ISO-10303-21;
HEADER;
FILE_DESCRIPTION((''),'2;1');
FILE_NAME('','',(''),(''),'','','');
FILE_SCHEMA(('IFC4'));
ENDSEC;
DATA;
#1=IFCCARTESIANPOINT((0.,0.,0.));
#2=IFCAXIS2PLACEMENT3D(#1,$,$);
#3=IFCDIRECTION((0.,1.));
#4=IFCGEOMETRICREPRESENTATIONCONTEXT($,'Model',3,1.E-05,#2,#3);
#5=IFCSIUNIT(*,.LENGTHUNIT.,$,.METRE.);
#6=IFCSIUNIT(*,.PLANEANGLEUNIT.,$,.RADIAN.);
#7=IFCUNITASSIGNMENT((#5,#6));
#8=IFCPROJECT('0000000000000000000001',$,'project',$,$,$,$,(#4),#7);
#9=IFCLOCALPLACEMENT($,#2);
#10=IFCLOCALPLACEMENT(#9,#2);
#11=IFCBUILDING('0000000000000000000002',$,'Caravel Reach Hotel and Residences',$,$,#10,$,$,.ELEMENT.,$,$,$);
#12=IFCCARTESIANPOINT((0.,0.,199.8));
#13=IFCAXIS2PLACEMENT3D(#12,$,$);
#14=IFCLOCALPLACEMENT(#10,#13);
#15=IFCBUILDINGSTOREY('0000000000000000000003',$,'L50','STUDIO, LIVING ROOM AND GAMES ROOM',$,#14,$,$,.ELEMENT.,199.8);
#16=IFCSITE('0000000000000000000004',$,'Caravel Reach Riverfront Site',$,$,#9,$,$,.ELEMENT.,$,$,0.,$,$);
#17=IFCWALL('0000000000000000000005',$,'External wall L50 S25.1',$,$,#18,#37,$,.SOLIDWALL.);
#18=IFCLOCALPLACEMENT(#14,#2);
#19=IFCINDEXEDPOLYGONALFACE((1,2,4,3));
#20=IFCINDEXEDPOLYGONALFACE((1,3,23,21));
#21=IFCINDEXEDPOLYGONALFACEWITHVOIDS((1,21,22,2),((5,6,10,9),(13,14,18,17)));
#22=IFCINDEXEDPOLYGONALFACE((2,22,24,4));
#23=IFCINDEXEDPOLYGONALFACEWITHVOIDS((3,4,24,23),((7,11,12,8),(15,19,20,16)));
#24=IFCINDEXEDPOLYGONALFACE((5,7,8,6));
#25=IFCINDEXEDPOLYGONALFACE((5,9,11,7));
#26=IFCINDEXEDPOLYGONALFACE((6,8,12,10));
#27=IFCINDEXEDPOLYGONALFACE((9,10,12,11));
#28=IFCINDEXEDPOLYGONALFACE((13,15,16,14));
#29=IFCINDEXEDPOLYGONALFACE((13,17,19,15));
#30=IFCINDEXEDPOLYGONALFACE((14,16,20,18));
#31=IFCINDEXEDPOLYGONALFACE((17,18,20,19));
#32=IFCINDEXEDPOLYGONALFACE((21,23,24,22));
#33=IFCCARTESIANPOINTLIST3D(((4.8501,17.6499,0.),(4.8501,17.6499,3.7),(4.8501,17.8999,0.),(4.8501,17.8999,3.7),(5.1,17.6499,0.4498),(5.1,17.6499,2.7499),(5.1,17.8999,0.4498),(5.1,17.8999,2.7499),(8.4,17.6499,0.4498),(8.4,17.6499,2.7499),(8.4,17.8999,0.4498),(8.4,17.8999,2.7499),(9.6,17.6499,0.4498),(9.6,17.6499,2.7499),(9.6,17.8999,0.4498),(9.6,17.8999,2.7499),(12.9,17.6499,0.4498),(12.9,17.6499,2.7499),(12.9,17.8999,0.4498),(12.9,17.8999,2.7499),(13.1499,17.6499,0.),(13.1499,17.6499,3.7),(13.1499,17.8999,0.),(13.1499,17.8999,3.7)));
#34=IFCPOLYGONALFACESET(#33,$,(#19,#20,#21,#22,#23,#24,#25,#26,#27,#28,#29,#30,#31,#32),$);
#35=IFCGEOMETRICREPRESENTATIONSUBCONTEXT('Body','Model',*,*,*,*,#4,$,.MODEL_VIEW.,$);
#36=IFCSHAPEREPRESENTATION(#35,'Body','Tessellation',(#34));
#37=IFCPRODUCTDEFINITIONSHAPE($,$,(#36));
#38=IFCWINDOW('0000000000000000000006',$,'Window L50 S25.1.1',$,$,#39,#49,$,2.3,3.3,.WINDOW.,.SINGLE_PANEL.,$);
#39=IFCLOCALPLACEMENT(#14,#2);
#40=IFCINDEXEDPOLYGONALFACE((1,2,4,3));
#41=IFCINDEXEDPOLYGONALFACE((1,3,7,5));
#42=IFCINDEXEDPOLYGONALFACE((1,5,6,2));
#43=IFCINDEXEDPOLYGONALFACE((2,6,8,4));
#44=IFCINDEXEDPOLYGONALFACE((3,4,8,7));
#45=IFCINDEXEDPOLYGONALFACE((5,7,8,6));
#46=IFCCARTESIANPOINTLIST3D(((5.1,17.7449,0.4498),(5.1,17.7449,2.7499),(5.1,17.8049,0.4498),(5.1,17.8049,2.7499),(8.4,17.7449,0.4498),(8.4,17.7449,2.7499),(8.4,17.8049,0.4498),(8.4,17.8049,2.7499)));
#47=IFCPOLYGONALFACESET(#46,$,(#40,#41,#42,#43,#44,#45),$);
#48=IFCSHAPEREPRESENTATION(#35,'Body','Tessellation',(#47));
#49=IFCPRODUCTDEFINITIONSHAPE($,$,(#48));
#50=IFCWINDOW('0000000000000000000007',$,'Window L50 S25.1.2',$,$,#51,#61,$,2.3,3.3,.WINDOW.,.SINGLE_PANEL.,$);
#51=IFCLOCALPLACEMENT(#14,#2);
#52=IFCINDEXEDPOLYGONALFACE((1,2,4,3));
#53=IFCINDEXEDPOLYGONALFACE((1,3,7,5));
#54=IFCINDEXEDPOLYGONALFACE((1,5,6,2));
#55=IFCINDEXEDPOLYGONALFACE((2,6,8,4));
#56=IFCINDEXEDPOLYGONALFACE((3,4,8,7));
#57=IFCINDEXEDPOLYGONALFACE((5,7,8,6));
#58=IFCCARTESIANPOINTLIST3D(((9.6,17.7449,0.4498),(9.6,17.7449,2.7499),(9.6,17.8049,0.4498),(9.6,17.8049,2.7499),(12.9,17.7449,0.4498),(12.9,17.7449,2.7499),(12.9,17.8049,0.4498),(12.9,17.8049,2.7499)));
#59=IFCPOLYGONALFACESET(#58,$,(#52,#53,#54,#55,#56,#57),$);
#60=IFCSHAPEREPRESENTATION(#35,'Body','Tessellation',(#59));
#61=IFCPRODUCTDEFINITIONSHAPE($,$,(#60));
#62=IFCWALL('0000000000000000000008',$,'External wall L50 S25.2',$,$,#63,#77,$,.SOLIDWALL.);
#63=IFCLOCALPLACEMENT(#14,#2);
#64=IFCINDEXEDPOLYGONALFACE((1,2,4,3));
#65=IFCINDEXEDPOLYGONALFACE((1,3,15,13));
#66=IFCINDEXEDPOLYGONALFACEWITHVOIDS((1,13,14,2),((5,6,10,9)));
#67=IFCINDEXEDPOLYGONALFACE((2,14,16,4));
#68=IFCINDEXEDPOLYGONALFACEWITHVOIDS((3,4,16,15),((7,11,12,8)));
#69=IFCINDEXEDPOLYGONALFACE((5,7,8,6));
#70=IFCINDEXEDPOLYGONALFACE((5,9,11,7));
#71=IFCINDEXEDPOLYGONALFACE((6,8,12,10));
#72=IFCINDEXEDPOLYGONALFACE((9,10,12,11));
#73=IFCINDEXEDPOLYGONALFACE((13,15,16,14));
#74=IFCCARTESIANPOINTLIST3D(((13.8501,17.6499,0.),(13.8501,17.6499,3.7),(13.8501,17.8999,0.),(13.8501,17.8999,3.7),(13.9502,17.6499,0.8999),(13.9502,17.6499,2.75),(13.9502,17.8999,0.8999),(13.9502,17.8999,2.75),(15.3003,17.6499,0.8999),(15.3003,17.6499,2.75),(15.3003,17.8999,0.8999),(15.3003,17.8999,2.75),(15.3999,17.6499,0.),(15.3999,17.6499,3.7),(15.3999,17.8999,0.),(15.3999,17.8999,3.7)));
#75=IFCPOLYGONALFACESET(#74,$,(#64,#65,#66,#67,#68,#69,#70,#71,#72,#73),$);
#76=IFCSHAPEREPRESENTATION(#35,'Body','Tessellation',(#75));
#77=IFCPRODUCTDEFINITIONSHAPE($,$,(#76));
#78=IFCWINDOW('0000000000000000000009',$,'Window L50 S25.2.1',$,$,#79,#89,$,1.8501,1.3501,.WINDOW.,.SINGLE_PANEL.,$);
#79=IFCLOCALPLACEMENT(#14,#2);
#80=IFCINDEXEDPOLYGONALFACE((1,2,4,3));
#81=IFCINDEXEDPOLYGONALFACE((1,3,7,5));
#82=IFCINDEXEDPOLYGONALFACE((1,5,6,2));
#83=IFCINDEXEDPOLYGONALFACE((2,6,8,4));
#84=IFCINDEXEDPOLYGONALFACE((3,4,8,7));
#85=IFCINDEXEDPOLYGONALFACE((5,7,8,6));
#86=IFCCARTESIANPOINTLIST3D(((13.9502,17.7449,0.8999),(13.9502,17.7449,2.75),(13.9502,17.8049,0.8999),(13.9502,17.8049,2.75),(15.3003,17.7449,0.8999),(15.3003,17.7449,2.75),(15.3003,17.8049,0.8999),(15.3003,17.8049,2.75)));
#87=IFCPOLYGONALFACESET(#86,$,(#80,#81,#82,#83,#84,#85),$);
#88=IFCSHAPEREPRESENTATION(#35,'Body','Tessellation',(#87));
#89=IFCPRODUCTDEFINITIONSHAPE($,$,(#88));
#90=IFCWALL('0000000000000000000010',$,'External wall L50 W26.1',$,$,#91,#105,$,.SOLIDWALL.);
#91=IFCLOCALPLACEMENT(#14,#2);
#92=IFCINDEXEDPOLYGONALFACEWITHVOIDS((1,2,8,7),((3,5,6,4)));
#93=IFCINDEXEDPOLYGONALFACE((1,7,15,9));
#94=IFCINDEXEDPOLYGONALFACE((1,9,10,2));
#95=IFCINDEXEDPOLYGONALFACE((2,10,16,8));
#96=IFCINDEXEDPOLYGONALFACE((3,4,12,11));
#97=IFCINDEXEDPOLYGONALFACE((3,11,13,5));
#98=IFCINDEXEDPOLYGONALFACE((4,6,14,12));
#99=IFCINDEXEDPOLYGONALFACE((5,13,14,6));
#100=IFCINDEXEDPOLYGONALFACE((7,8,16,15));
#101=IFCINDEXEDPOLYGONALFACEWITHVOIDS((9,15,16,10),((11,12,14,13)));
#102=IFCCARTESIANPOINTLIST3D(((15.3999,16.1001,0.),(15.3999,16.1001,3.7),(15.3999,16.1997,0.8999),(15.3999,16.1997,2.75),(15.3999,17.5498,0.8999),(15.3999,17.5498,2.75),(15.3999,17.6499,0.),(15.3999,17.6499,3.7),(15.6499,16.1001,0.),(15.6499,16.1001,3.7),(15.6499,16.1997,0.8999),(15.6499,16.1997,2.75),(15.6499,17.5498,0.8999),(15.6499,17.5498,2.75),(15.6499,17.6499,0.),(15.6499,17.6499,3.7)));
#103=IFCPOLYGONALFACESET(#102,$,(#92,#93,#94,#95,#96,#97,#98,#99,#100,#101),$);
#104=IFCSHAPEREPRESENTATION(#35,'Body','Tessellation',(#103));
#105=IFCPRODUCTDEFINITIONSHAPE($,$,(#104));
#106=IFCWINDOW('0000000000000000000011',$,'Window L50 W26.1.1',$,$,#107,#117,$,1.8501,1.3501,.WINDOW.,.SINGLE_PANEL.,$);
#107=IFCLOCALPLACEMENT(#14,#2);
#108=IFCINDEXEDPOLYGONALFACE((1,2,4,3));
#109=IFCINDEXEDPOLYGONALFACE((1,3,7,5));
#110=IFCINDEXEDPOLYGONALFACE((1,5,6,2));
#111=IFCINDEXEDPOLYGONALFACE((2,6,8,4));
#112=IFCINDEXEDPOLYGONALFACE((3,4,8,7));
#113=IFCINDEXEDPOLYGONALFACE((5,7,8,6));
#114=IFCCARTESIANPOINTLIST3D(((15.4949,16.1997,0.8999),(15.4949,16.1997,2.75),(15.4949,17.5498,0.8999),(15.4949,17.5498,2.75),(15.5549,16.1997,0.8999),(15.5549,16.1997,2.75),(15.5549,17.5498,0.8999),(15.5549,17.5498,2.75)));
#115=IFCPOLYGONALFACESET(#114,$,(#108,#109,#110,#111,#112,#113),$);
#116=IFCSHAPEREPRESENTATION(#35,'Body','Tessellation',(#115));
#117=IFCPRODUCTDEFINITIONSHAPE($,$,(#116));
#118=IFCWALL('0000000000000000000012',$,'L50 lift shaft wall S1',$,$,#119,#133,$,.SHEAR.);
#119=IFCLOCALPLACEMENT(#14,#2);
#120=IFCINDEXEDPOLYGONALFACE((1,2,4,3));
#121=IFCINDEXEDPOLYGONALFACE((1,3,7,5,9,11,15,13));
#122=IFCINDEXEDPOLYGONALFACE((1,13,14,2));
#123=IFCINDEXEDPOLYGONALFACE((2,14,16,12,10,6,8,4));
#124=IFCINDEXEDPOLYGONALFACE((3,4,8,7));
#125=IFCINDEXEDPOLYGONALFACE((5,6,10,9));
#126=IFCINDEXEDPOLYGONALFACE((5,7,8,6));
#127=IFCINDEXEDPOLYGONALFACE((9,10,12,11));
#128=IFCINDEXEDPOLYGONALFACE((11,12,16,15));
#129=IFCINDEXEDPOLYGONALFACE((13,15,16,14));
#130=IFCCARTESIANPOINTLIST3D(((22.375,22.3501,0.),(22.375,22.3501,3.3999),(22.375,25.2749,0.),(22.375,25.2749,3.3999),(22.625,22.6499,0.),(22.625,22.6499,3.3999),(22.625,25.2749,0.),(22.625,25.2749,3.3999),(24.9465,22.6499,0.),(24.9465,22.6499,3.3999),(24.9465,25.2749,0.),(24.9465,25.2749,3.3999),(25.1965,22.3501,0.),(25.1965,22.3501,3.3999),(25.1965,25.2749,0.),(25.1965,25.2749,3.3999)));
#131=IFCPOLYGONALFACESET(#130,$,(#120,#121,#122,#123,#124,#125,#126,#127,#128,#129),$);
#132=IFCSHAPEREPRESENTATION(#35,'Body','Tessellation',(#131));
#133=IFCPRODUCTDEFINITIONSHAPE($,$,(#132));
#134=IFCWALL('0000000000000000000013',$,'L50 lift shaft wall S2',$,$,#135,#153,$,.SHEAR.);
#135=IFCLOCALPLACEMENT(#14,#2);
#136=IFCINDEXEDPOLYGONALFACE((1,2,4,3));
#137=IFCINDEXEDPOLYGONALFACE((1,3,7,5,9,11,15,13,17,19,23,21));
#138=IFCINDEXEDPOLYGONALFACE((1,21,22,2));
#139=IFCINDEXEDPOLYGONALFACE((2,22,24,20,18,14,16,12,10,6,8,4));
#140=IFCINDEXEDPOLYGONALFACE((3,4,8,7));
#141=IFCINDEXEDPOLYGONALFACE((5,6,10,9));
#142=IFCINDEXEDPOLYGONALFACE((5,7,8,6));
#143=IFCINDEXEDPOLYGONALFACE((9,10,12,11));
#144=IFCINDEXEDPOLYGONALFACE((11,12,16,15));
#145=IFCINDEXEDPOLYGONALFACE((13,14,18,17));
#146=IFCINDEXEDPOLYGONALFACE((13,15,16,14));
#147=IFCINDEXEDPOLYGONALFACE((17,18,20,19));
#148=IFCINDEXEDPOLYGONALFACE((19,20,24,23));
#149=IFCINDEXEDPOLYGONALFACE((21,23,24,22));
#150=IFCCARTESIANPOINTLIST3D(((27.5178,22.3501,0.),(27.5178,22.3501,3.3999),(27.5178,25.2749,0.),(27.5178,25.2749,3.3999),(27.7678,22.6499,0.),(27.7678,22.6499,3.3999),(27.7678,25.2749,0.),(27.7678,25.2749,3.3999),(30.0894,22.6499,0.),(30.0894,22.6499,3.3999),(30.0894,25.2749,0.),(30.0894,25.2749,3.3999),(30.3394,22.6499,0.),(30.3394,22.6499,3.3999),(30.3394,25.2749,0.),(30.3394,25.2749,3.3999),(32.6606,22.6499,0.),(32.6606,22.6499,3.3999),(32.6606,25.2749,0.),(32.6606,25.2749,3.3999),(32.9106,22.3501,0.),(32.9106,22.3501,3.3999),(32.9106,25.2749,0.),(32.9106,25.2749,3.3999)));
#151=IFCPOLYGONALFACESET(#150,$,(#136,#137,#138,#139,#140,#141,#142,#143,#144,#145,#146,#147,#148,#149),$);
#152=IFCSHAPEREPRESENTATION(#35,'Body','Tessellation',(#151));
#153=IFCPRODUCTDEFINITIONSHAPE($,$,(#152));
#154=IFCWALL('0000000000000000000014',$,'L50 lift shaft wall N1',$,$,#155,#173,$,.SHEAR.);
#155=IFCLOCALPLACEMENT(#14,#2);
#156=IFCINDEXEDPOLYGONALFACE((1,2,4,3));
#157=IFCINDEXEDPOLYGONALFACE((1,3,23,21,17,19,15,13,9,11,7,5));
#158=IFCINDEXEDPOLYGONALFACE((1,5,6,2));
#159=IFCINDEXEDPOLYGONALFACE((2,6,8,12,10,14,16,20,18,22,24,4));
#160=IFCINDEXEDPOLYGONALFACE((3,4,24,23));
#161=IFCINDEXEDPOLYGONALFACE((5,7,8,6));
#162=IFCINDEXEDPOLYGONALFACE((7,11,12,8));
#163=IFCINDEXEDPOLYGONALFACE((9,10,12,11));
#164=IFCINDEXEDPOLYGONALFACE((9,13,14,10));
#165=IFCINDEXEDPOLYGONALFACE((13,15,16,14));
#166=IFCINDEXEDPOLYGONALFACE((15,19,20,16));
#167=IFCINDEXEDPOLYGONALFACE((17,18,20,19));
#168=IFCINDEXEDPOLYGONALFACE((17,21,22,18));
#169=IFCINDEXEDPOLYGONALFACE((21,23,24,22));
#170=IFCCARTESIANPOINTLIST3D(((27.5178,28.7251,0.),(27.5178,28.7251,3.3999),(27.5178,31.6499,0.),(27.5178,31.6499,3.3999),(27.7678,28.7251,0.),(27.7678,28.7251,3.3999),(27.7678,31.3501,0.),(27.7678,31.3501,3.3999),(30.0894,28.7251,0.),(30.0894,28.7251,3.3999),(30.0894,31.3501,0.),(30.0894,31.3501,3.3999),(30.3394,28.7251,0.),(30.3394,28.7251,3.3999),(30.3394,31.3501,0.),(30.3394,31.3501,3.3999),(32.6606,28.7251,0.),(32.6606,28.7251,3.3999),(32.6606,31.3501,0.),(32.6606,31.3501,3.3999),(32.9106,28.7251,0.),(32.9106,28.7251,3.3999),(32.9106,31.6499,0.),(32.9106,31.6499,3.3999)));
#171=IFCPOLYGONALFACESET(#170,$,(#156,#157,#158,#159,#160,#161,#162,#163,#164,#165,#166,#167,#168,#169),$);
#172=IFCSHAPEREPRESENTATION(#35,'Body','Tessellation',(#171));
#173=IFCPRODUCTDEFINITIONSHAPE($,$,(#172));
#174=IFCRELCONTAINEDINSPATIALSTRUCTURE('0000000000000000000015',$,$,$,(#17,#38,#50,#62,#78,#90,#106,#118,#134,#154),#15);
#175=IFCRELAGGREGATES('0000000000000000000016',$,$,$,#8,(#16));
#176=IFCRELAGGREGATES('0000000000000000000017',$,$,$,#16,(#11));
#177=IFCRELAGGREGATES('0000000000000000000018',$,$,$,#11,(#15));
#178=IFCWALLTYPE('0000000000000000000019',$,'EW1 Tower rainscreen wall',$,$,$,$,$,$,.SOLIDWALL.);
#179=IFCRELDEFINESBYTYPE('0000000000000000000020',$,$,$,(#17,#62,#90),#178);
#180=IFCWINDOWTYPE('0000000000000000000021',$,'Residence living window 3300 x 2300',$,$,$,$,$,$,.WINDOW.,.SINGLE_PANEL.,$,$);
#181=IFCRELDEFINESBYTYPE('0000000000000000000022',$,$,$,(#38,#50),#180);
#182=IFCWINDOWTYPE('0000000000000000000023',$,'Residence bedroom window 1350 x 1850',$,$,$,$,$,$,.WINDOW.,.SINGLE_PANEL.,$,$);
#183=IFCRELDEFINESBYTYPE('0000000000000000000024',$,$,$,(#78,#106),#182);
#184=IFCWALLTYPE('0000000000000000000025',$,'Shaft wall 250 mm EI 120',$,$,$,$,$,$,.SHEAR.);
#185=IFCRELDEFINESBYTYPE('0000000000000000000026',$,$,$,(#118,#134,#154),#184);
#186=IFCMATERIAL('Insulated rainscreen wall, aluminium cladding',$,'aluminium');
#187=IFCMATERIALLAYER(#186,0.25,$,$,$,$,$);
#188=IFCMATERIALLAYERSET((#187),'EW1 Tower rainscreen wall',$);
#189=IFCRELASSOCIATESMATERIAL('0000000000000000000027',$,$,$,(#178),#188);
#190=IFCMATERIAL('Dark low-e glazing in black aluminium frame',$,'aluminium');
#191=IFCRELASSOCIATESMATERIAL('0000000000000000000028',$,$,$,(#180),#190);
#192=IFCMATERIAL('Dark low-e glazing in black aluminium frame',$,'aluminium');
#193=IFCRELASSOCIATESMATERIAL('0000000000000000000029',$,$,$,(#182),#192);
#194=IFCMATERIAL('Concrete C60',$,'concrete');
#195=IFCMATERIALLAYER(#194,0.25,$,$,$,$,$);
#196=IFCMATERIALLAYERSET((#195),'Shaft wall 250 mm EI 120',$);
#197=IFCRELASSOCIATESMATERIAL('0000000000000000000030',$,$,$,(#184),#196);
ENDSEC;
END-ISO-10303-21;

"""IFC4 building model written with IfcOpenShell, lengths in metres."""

from ifc_helpers import new_model, si_unit, direction, frame, frame_2d, origin, place, context, subcontext, project, spatial, polyline, rectangle, outline, extrude, material, layer, layer_set, type_object, element, fill, save


model = new_model("IFC4")

# Units and contexts
model_context = context("Model", 3, precision=1e-05, world=origin(), true_north=direction((0.0, 1.0)))
body_context = subcontext(model_context, "Body", "Model", "MODEL_VIEW")
ifc_project = project(units=[si_unit("LENGTHUNIT", "METRE"), si_unit("PLANEANGLEUNIT", "RADIAN")], contexts=[model_context])

# Site, building, storey
site_placement = place(None, origin())
site = spatial("IfcSite", under=ifc_project, at=site_placement, Name="Caravel Reach Riverfront Site", CompositionType="ELEMENT", RefElevation=0.0)
building_placement = place(site_placement, origin())
building = spatial("IfcBuilding", under=site, at=building_placement, Name="Caravel Reach Hotel and Residences", CompositionType="ELEMENT")
storey_placement = place(building_placement, frame((0.0, 0.0, 199.8)))
storey = spatial("IfcBuildingStorey", under=building, at=storey_placement, Name="L50", Description="STUDIO, LIVING ROOM AND GAMES ROOM", CompositionType="ELEMENT", Elevation=199.8)

# Wall, openings, windows
ifc_material_1 = material(Name="Insulated rainscreen wall, aluminium cladding", Category="aluminium")
ifc_layer_1 = layer(ifc_material_1, 0.25)
ifc_layer_set_1 = layer_set([ifc_layer_1], Name="EW1 Tower rainscreen wall")
wall_type_1 = type_object("IfcWallType", Name="EW1 Tower rainscreen wall", PredefinedType="SOLIDWALL", material=ifc_layer_set_1)
wall_1_placement = place(storey_placement, frame((4.8501, 17.7749, 0.0), z_axis=(0.0, 0.0, 1.0), x_axis=(1.0, 0.0, 0.0)))
wall_1 = element("IfcWall", 1, at=wall_1_placement, inside=storey, type_object=wall_type_1, Name="External wall L50 S25.1", PredefinedType="SOLIDWALL", context=body_context, shape_type="SweptSolid", body=[
    extrude(rectangle(XDim=8.2998, YDim=0.25, at=frame_2d((4.1499, 0.0))), origin(), (0.0, 0.0, 1.0), 3.7),
])
opening_1_placement = place(wall_1_placement, frame((0.25, 0.0, 0.45)))
opening_1 = element("IfcOpeningElement", 2, at=opening_1_placement, cuts=wall_1, PredefinedType="OPENING", context=body_context, shape_type="SweptSolid", body=[
    extrude(rectangle(XDim=3.3, YDim=2.3, at=frame_2d((1.6499, 1.1499))), frame((0.0, 0.135, 0.0), z_axis=(0.0, -1.0, 0.0), x_axis=(1.0, 0.0, 0.0)), (0.0, 0.0, 1.0), 0.27),
])
opening_2_placement = place(wall_1_placement, frame((4.75, 0.0, 0.45)))
opening_2 = element("IfcOpeningElement", 3, at=opening_2_placement, cuts=wall_1, PredefinedType="OPENING", context=body_context, shape_type="SweptSolid", body=[
    extrude(rectangle(XDim=3.3, YDim=2.3, at=frame_2d((1.6499, 1.1499))), frame((0.0, 0.135, 0.0), z_axis=(0.0, -1.0, 0.0), x_axis=(1.0, 0.0, 0.0)), (0.0, 0.0, 1.0), 0.27),
])
ifc_material_2 = material(Name="Dark low-e glazing in black aluminium frame", Category="aluminium")
window_type_1 = type_object("IfcWindowType", Name="Residence living window 3300 x 2300", PartitioningType="SINGLE_PANEL", PredefinedType="WINDOW", material=ifc_material_2)
window_1_placement = place(opening_1_placement, origin())
window_1 = element("IfcWindow", 4, at=window_1_placement, inside=storey, type_object=window_type_1, Name="Window L50 S25.1.1", OverallHeight=2.3, OverallWidth=3.3, PartitioningType="SINGLE_PANEL", PredefinedType="WINDOW", context=body_context, shape_type="SweptSolid", body=[
    extrude(rectangle(XDim=3.3, YDim=2.3, at=frame_2d((1.6499, 1.1499))), frame((0.0, 0.03, 0.0), z_axis=(0.0, -1.0, 0.0), x_axis=(1.0, 0.0, 0.0)), (0.0, 0.0, 1.0), 0.0601),
])
fill(opening_1, window_1)
window_2_placement = place(opening_2_placement, origin())
window_2 = element("IfcWindow", 5, at=window_2_placement, inside=storey, type_object=window_type_1, Name="Window L50 S25.1.2", OverallHeight=2.3, OverallWidth=3.3, PartitioningType="SINGLE_PANEL", PredefinedType="WINDOW", context=body_context, shape_type="SweptSolid", body=[
    extrude(rectangle(XDim=3.3, YDim=2.3, at=frame_2d((1.6499, 1.1499))), frame((0.0, 0.03, 0.0), z_axis=(0.0, -1.0, 0.0), x_axis=(1.0, 0.0, 0.0)), (0.0, 0.0, 1.0), 0.0601),
])
fill(opening_2, window_2)

# Walls, openings, windows
wall_2_placement = place(storey_placement, frame((13.8501, 17.7749, 0.0), z_axis=(0.0, 0.0, 1.0), x_axis=(1.0, 0.0, 0.0)))
wall_2 = element("IfcWall", 6, at=wall_2_placement, inside=storey, type_object=wall_type_1, Name="External wall L50 S25.2", PredefinedType="SOLIDWALL", context=body_context, shape_type="SweptSolid", body=[
    extrude(rectangle(XDim=1.5498, YDim=0.25, at=frame_2d((0.7749, 0.0))), origin(), (0.0, 0.0, 1.0), 3.7),
])
opening_3_placement = place(wall_2_placement, frame((0.1001, 0.0, 0.8999)))
opening_3 = element("IfcOpeningElement", 7, at=opening_3_placement, cuts=wall_2, PredefinedType="OPENING", context=body_context, shape_type="SweptSolid", body=[
    extrude(rectangle(XDim=1.3501, YDim=1.8501, at=frame_2d((0.675, 0.925))), frame((0.0, 0.135, 0.0), z_axis=(0.0, -1.0, 0.0), x_axis=(1.0, 0.0, 0.0)), (0.0, 0.0, 1.0), 0.27),
])
ifc_material_3 = material(Name="Dark low-e glazing in black aluminium frame", Category="aluminium")
window_type_2 = type_object("IfcWindowType", Name="Residence bedroom window 1350 x 1850", PartitioningType="SINGLE_PANEL", PredefinedType="WINDOW", material=ifc_material_3)
window_3_placement = place(opening_3_placement, origin())
window_3 = element("IfcWindow", 8, at=window_3_placement, inside=storey, type_object=window_type_2, Name="Window L50 S25.2.1", OverallHeight=1.8501, OverallWidth=1.3501, PartitioningType="SINGLE_PANEL", PredefinedType="WINDOW", context=body_context, shape_type="SweptSolid", body=[
    extrude(rectangle(XDim=1.3501, YDim=1.8501, at=frame_2d((0.675, 0.925))), frame((0.0, 0.03, 0.0), z_axis=(0.0, -1.0, 0.0), x_axis=(1.0, 0.0, 0.0)), (0.0, 0.0, 1.0), 0.0601),
])
fill(opening_3, window_3)
wall_3_placement = place(storey_placement, frame((15.5249, 17.6499, 0.0), z_axis=(0.0, 0.0, 1.0), x_axis=(0.0, -1.0, 0.0)))
wall_3 = element("IfcWall", 9, at=wall_3_placement, inside=storey, type_object=wall_type_1, Name="External wall L50 W26.1", PredefinedType="SOLIDWALL", context=body_context, shape_type="SweptSolid", body=[
    extrude(rectangle(XDim=1.5498, YDim=0.25, at=frame_2d((0.7749, 0.0))), origin(), (0.0, 0.0, 1.0), 3.7),
])
opening_4_placement = place(wall_3_placement, frame((0.1001, 0.0, 0.8999)))
opening_4 = element("IfcOpeningElement", 10, at=opening_4_placement, cuts=wall_3, PredefinedType="OPENING", context=body_context, shape_type="SweptSolid", body=[
    extrude(rectangle(XDim=1.3501, YDim=1.8501, at=frame_2d((0.675, 0.925))), frame((0.0, 0.135, 0.0), z_axis=(0.0, -1.0, 0.0), x_axis=(1.0, 0.0, 0.0)), (0.0, 0.0, 1.0), 0.27),
])
window_4_placement = place(opening_4_placement, origin())
window_4 = element("IfcWindow", 11, at=window_4_placement, inside=storey, type_object=window_type_2, Name="Window L50 W26.1.1", OverallHeight=1.8501, OverallWidth=1.3501, PartitioningType="SINGLE_PANEL", PredefinedType="WINDOW", context=body_context, shape_type="SweptSolid", body=[
    extrude(rectangle(XDim=1.3501, YDim=1.8501, at=frame_2d((0.675, 0.925))), frame((0.0, 0.03, 0.0), z_axis=(0.0, -1.0, 0.0), x_axis=(1.0, 0.0, 0.0)), (0.0, 0.0, 1.0), 0.0601),
])
fill(opening_4, window_4)

# Walls
ifc_material_4 = material(Name="Concrete C60", Category="concrete")
ifc_layer_2 = layer(ifc_material_4, 0.25)
ifc_layer_set_2 = layer_set([ifc_layer_2], Name="Shaft wall 250 mm EI 120")
wall_type_2 = type_object("IfcWallType", Name="Shaft wall 250 mm EI 120", PredefinedType="SHEAR", material=ifc_layer_set_2)
wall_4_placement = place(storey_placement, origin())
element("IfcWall", 12, at=wall_4_placement, inside=storey, type_object=wall_type_2, Name="L50 lift shaft wall S1", PredefinedType="SHEAR", context=body_context, shape_type="SweptSolid", body=[
    extrude(outline(polyline([(22.375, 22.3501), (25.1965, 22.3501), (25.1965, 25.2749), (24.9465, 25.2749), (24.9465, 22.6499), (22.625, 22.6499), (22.625, 25.2749), (22.375, 25.2749), (22.375, 22.3501)])), origin(), (0.0, 0.0, 1.0), 3.3999),
])
wall_5_placement = place(storey_placement, origin())
element("IfcWall", 13, at=wall_5_placement, inside=storey, type_object=wall_type_2, Name="L50 lift shaft wall S2", PredefinedType="SHEAR", context=body_context, shape_type="SweptSolid", body=[
    extrude(outline(polyline([(27.5178, 22.3501), (32.9106, 22.3501), (32.9106, 25.2749), (32.6606, 25.2749), (32.6606, 22.6499), (30.3394, 22.6499), (30.3394, 25.2749), (30.0894, 25.2749), (30.0894, 22.6499), (27.7678, 22.6499), (27.7678, 25.2749), (27.5178, 25.2749), (27.5178, 22.3501)])), origin(), (0.0, 0.0, 1.0), 3.3999),
])
wall_6_placement = place(storey_placement, origin())
element("IfcWall", 14, at=wall_6_placement, inside=storey, type_object=wall_type_2, Name="L50 lift shaft wall N1", PredefinedType="SHEAR", context=body_context, shape_type="SweptSolid", body=[
    extrude(outline(polyline([(27.5178, 28.7251), (27.7678, 28.7251), (27.7678, 31.3501), (30.0894, 31.3501), (30.0894, 28.7251), (30.3394, 28.7251), (30.3394, 31.3501), (32.6606, 31.3501), (32.6606, 28.7251), (32.9106, 28.7251), (32.9106, 31.6499), (27.5178, 31.6499), (27.5178, 28.7251)])), origin(), (0.0, 0.0, 1.0), 3.3999),
])

save(model, "model.ifc")
